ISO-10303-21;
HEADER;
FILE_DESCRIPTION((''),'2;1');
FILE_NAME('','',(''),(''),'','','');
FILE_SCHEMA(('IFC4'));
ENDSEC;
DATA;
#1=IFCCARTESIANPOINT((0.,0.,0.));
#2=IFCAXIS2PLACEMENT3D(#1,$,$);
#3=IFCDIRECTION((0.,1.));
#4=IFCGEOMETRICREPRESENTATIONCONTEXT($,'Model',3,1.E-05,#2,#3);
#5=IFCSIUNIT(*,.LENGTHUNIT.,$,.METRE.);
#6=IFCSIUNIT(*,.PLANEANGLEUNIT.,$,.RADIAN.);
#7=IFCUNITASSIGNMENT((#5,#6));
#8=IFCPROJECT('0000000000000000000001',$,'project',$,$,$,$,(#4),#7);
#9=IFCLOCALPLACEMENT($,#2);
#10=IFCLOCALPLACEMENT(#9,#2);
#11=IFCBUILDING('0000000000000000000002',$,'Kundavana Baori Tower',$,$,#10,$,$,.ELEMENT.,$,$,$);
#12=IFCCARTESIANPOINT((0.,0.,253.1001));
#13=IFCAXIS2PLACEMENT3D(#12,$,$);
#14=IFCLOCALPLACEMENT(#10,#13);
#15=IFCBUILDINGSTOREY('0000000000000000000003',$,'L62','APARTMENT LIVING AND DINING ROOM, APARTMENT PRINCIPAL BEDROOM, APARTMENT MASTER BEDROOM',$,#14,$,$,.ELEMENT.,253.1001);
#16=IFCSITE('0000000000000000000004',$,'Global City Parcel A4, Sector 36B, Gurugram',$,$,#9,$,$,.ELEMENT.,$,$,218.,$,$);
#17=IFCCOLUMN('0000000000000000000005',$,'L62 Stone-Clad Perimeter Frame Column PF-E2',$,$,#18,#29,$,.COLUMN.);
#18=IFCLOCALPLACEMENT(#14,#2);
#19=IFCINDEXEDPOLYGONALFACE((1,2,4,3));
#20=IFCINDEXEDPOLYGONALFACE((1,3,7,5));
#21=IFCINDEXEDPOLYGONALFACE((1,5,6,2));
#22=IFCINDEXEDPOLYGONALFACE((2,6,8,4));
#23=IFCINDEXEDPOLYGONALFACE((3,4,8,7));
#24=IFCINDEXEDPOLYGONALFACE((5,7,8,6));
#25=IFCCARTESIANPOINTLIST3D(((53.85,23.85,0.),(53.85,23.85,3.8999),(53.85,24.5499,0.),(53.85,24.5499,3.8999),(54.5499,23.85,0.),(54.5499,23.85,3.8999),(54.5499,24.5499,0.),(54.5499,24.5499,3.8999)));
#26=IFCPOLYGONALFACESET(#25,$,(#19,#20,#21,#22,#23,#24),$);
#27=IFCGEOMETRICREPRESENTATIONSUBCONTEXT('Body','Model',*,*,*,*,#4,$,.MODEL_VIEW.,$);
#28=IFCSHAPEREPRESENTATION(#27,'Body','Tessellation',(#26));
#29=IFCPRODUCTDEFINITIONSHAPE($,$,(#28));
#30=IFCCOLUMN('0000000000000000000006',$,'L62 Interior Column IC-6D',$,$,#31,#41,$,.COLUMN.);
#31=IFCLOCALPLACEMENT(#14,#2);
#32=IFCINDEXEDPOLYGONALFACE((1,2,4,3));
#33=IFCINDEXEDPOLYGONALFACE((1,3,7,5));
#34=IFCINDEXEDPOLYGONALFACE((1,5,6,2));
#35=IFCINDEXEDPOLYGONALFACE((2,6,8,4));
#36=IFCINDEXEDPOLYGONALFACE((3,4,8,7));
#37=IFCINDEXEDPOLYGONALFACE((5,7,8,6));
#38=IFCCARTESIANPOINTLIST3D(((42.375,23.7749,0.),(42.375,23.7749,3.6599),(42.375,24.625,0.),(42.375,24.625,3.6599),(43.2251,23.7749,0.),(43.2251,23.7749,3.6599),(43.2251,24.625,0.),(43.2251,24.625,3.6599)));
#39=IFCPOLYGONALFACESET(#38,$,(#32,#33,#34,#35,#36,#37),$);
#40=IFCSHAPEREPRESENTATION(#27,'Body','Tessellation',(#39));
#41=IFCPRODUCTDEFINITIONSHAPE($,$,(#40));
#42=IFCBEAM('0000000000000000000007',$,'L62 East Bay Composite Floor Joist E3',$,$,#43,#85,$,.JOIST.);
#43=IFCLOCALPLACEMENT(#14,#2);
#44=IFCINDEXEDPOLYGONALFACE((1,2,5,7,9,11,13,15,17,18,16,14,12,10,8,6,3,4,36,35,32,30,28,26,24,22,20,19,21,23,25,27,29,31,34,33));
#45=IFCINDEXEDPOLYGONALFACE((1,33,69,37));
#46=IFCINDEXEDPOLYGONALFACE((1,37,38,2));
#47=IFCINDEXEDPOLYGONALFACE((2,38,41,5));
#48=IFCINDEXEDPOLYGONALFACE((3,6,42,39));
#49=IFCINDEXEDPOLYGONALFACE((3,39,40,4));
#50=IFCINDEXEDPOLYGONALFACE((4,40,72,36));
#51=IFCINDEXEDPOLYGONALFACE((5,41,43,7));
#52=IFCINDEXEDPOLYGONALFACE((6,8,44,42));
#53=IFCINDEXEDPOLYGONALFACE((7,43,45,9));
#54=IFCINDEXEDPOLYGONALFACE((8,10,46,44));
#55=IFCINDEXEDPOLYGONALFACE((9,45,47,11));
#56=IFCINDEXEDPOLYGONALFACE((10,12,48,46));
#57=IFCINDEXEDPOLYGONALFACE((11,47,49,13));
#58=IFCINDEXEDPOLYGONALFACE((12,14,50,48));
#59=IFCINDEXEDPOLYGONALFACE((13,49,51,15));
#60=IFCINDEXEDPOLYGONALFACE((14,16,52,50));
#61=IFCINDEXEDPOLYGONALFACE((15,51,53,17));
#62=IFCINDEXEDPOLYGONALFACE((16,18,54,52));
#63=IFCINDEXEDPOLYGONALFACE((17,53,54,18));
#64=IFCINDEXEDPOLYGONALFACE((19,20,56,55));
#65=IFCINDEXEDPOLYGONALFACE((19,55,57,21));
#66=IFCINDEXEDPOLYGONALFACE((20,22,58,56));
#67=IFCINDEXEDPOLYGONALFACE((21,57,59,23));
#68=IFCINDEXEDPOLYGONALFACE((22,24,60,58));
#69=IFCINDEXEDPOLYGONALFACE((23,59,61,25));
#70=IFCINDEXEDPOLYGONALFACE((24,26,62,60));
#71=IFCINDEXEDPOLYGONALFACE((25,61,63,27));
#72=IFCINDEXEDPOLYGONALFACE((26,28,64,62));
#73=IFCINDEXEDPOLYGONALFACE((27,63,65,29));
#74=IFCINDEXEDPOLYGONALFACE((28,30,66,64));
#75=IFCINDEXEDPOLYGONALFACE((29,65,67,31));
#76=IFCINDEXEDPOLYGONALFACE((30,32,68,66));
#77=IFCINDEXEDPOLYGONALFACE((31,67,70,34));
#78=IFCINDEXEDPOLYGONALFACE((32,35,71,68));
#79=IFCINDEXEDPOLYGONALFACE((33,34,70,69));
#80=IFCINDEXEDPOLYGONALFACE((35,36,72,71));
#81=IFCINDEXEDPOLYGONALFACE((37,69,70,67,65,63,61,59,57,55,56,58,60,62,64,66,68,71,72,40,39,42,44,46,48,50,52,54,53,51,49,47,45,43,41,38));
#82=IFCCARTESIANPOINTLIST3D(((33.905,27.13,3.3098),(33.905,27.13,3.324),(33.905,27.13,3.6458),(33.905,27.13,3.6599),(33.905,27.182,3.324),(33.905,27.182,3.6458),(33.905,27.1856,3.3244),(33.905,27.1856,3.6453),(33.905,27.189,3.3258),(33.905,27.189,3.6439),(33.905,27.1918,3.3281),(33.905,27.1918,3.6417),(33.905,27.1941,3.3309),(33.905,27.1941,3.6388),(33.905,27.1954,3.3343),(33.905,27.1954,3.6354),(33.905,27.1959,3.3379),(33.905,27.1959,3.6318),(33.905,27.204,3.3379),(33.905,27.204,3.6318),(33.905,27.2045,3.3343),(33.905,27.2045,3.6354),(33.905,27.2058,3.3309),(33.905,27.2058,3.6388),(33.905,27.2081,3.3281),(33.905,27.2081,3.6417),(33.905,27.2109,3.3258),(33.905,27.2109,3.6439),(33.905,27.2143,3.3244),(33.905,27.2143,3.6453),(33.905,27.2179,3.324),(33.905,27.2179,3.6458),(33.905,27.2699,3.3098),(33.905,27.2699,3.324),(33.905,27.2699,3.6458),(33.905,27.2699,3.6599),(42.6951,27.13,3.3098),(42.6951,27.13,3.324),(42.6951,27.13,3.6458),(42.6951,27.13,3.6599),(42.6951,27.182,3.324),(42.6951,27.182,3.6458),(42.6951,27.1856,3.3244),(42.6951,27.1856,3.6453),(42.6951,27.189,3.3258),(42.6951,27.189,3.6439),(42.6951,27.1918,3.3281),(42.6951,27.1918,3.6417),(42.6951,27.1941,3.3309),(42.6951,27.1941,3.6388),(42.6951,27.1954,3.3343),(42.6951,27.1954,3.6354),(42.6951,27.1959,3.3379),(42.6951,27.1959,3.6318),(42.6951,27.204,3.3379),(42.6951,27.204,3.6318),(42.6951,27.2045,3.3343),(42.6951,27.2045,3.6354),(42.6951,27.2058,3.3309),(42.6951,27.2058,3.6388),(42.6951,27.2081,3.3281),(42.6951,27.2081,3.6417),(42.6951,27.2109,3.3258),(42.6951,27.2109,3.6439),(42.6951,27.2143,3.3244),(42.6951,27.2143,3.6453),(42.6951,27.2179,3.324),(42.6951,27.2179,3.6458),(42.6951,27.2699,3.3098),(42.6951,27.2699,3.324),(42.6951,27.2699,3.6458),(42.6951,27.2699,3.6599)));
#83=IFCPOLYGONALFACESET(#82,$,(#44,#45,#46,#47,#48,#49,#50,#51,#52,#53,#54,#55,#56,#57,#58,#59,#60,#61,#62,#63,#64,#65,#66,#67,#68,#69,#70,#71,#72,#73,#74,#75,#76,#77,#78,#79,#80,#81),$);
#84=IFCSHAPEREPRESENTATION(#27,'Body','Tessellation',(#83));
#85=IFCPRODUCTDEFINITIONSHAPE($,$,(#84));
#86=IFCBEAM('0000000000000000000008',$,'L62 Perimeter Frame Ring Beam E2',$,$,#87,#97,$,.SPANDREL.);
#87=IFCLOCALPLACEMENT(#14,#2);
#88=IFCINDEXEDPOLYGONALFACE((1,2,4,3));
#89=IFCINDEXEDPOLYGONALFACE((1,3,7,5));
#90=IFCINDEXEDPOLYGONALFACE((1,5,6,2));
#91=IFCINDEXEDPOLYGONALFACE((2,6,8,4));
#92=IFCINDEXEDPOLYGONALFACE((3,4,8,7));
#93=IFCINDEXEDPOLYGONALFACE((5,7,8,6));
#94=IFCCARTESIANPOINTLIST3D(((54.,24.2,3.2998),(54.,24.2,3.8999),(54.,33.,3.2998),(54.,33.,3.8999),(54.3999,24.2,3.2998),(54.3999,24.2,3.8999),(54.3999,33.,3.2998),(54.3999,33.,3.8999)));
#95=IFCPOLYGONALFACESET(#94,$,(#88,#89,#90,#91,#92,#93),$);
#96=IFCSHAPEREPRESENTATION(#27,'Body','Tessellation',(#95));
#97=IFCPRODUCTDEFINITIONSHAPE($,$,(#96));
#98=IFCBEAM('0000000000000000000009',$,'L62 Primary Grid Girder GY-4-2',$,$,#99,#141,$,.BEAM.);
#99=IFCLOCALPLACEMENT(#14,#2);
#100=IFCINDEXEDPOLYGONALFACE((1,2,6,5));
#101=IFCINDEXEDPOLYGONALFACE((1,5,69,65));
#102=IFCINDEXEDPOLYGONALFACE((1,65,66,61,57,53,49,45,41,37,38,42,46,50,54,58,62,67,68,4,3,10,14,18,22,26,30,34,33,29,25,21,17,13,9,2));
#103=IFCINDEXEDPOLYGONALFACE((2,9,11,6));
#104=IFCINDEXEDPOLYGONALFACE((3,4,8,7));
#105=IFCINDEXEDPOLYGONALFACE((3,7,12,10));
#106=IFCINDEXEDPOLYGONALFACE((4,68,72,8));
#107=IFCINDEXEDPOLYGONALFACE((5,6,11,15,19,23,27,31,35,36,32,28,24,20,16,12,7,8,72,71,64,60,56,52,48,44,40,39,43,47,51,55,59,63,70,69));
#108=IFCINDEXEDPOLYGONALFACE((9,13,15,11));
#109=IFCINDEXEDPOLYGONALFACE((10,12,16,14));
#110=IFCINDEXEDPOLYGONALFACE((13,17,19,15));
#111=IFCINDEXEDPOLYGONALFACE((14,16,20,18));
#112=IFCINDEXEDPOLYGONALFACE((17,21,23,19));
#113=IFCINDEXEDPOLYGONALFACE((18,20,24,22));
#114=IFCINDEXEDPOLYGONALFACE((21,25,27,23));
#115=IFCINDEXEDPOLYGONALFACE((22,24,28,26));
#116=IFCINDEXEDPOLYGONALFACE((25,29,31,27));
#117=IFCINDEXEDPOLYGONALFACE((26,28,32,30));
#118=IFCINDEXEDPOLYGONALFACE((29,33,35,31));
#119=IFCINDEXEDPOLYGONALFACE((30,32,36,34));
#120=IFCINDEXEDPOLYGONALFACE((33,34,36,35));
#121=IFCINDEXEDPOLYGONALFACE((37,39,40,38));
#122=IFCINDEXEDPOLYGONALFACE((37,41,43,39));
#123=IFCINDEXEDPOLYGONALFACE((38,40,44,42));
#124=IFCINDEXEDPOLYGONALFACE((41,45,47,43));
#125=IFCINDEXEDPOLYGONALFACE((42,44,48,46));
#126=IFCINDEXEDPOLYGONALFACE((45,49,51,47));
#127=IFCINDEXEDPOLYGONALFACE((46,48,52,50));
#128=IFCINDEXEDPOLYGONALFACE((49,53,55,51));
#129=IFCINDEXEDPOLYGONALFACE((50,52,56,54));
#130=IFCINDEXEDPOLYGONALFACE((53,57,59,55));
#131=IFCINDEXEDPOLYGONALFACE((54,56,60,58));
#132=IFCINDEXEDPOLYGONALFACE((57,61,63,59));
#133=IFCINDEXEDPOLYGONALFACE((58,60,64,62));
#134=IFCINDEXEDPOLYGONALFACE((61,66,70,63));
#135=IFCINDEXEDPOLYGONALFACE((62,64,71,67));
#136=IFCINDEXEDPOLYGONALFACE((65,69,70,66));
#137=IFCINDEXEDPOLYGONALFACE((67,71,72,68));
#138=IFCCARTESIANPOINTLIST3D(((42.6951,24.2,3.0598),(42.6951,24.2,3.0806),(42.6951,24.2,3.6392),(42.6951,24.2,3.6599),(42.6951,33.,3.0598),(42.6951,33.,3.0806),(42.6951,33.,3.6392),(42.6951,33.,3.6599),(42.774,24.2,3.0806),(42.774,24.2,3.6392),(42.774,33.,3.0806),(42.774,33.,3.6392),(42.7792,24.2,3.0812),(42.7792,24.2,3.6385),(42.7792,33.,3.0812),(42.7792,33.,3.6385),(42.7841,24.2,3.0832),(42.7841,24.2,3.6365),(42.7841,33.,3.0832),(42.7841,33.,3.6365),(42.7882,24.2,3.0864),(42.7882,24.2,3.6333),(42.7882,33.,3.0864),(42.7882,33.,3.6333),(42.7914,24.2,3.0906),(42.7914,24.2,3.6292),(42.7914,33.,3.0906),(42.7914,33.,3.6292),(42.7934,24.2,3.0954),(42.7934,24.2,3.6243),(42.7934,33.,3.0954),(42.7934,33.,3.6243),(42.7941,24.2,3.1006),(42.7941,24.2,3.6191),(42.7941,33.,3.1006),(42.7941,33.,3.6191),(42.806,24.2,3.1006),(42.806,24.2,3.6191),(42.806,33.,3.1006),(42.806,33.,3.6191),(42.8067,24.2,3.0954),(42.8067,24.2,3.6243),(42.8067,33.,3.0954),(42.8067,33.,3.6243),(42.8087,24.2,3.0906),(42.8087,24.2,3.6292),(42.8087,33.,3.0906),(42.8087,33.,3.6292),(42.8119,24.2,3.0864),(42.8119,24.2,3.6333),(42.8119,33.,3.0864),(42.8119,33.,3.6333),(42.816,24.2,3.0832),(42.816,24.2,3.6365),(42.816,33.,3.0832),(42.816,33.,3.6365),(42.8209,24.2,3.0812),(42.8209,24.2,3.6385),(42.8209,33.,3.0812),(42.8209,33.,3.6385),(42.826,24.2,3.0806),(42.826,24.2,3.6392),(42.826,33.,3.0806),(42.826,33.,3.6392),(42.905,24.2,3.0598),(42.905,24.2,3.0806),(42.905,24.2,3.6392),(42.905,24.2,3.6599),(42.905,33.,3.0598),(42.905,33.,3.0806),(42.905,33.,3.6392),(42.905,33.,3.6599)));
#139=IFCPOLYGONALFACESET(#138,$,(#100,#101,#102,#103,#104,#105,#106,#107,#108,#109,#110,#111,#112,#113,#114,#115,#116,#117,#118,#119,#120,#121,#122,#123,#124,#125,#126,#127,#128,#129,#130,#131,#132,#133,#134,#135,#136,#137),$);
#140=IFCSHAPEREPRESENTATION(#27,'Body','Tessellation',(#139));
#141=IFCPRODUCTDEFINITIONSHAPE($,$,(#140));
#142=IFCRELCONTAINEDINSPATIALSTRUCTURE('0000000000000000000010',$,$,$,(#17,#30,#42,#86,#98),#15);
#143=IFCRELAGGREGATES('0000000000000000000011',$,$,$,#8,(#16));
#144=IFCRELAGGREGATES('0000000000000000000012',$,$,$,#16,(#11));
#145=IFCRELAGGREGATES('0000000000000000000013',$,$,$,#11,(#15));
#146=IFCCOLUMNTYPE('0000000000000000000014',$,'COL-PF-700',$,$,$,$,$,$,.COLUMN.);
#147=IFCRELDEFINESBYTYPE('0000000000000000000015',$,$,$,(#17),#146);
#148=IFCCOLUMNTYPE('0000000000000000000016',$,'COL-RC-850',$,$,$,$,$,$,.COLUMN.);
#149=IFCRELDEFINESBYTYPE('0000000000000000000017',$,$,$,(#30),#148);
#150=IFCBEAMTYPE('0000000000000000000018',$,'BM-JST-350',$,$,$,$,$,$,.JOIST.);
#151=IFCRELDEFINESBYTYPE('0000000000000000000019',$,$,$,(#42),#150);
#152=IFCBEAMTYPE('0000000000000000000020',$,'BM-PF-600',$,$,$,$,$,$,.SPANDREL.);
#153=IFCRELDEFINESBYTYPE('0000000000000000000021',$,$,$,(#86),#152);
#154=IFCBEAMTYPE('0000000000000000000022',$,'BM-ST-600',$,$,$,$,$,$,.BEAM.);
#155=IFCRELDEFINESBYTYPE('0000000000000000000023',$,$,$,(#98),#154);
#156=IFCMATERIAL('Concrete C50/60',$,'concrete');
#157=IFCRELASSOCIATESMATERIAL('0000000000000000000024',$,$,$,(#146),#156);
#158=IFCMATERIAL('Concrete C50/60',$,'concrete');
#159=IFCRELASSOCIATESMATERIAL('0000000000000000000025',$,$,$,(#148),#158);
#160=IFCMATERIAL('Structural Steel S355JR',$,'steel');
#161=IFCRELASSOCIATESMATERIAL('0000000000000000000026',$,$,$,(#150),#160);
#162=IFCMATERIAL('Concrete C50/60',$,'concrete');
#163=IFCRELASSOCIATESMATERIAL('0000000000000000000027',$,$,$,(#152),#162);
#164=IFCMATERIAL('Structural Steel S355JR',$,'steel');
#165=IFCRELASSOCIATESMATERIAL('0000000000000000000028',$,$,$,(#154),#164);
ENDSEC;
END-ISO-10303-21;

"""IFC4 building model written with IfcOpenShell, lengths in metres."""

from ifc_helpers import new_model, si_unit, direction, frame, origin, origin_2d, place, context, subcontext, project, spatial, rectangle, i_section, extrude, material, material_profile, profile_set, type_object, element, save


model = new_model("IFC4")

# Units and contexts
model_context = context("Model", 3, precision=1e-05, world=origin(), true_north=direction((0.0, 1.0)))
body_context = subcontext(model_context, "Body", "Model", "MODEL_VIEW")
ifc_project = project(units=[si_unit("LENGTHUNIT", "METRE"), si_unit("PLANEANGLEUNIT", "RADIAN")], contexts=[model_context])

# Site, building, storey
site_placement = place(None, origin())
site = spatial("IfcSite", under=ifc_project, at=site_placement, Name="Global City Parcel A4, Sector 36B, Gurugram", CompositionType="ELEMENT", RefElevation=218.0)
building_placement = place(site_placement, origin())
building = spatial("IfcBuilding", under=site, at=building_placement, Name="Kundavana Baori Tower", CompositionType="ELEMENT")
storey_placement = place(building_placement, frame((0.0, 0.0, 253.1001)))
storey = spatial("IfcBuildingStorey", under=building, at=storey_placement, Name="L62", Description="APARTMENT LIVING AND DINING ROOM, APARTMENT PRINCIPAL BEDROOM, APARTMENT MASTER BEDROOM", CompositionType="ELEMENT", Elevation=253.1001)

# Columns
ifc_material_1 = material(Name="Concrete C50/60", Category="concrete")
ifc_material_profile_1 = material_profile(ifc_material_1, rectangle(XDim=0.7, YDim=0.7, at=origin_2d()), Name="RC PF 700x700")
ifc_profile_set_1 = profile_set([ifc_material_profile_1], Name="Concrete C50/60")
column_type_1 = type_object("IfcColumnType", Name="COL-PF-700", PredefinedType="COLUMN", material=ifc_profile_set_1)
column_1_placement = place(storey_placement, frame((54.2, 24.2, 0.0), z_axis=(0.0, 0.0, 1.0), x_axis=(1.0, 0.0, 0.0)))
element("IfcColumn", 1, at=column_1_placement, inside=storey, type_object=column_type_1, Name="L62 Stone-Clad Perimeter Frame Column PF-E2", PredefinedType="COLUMN", context=body_context, shape_type="SweptSolid", body=[
    extrude(rectangle(XDim=0.7, YDim=0.7, at=origin_2d()), origin(), (0.0, 0.0, 1.0), 3.8999),
])
ifc_material_2 = material(Name="Concrete C50/60", Category="concrete")
ifc_material_profile_2 = material_profile(ifc_material_2, rectangle(XDim=0.8501, YDim=0.8501, at=origin_2d()), Name="RC 850x850")
ifc_profile_set_2 = profile_set([ifc_material_profile_2], Name="Concrete C50/60")
column_type_2 = type_object("IfcColumnType", Name="COL-RC-850", PredefinedType="COLUMN", material=ifc_profile_set_2)
column_2_placement = place(storey_placement, frame((42.8, 24.2, 0.0), z_axis=(0.0, 0.0, 1.0), x_axis=(1.0, 0.0, 0.0)))
element("IfcColumn", 2, at=column_2_placement, inside=storey, type_object=column_type_2, Name="L62 Interior Column IC-6D", PredefinedType="COLUMN", context=body_context, shape_type="SweptSolid", body=[
    extrude(rectangle(XDim=0.8501, YDim=0.8501, at=origin_2d()), origin(), (0.0, 0.0, 1.0), 3.6599),
])

# Beams
ifc_material_3 = material(Name="Structural Steel S355JR", Category="steel")
ifc_material_profile_3 = material_profile(ifc_material_3, i_section(OverallWidth=0.1399, OverallDepth=0.3501, WebThickness=0.0081, FlangeThickness=0.0142, FilletRadius=0.0139, at=origin_2d()), Name="ISMB 350")
ifc_profile_set_3 = profile_set([ifc_material_profile_3], Name="Structural Steel S355JR")
beam_type_1 = type_object("IfcBeamType", Name="BM-JST-350", PredefinedType="JOIST", material=ifc_profile_set_3)
beam_1_placement = place(storey_placement, frame((33.905, 27.2, 3.4849), z_axis=(1.0, 0.0, 0.0), x_axis=(0.0, 1.0, 0.0)))
element("IfcBeam", 3, at=beam_1_placement, inside=storey, type_object=beam_type_1, Name="L62 East Bay Composite Floor Joist E3", PredefinedType="JOIST", context=body_context, shape_type="SweptSolid", body=[
    extrude(i_section(OverallWidth=0.1399, OverallDepth=0.3501, WebThickness=0.0081, FlangeThickness=0.0142, FilletRadius=0.0139, at=origin_2d()), origin(), (0.0, 0.0, 1.0), 8.79),
])
ifc_material_4 = material(Name="Concrete C50/60", Category="concrete")
ifc_material_profile_4 = material_profile(ifc_material_4, rectangle(XDim=0.3999, YDim=0.6001, at=origin_2d()), Name="RC BM 400x600")
ifc_profile_set_4 = profile_set([ifc_material_profile_4], Name="Concrete C50/60")
beam_type_2 = type_object("IfcBeamType", Name="BM-PF-600", PredefinedType="SPANDREL", material=ifc_profile_set_4)
beam_2_placement = place(storey_placement, frame((54.2, 24.2, 3.5999), z_axis=(0.0, 1.0, 0.0), x_axis=(-1.0, 0.0, 0.0)))
element("IfcBeam", 4, at=beam_2_placement, inside=storey, type_object=beam_type_2, Name="L62 Perimeter Frame Ring Beam E2", PredefinedType="SPANDREL", context=body_context, shape_type="SweptSolid", body=[
    extrude(rectangle(XDim=0.3999, YDim=0.6001, at=origin_2d()), origin(), (0.0, 0.0, 1.0), 8.8),
])
ifc_material_5 = material(Name="Structural Steel S355JR", Category="steel")
ifc_material_profile_5 = material_profile(ifc_material_5, i_section(OverallWidth=0.21, OverallDepth=0.6001, WebThickness=0.012, FlangeThickness=0.0208, FilletRadius=0.02, at=origin_2d()), Name="ISMB 600")
ifc_profile_set_5 = profile_set([ifc_material_profile_5], Name="Structural Steel S355JR")
beam_type_3 = type_object("IfcBeamType", Name="BM-ST-600", PredefinedType="BEAM", material=ifc_profile_set_5)
beam_3_placement = place(storey_placement, frame((42.8, 24.2, 3.3599), z_axis=(0.0, 1.0, 0.0), x_axis=(-1.0, 0.0, 0.0)))
element("IfcBeam", 5, at=beam_3_placement, inside=storey, type_object=beam_type_3, Name="L62 Primary Grid Girder GY-4-2", PredefinedType="BEAM", context=body_context, shape_type="SweptSolid", body=[
    extrude(i_section(OverallWidth=0.21, OverallDepth=0.6001, WebThickness=0.012, FlangeThickness=0.0208, FilletRadius=0.02, at=origin_2d()), origin(), (0.0, 0.0, 1.0), 8.8),
])

save(model, "model.ifc")
